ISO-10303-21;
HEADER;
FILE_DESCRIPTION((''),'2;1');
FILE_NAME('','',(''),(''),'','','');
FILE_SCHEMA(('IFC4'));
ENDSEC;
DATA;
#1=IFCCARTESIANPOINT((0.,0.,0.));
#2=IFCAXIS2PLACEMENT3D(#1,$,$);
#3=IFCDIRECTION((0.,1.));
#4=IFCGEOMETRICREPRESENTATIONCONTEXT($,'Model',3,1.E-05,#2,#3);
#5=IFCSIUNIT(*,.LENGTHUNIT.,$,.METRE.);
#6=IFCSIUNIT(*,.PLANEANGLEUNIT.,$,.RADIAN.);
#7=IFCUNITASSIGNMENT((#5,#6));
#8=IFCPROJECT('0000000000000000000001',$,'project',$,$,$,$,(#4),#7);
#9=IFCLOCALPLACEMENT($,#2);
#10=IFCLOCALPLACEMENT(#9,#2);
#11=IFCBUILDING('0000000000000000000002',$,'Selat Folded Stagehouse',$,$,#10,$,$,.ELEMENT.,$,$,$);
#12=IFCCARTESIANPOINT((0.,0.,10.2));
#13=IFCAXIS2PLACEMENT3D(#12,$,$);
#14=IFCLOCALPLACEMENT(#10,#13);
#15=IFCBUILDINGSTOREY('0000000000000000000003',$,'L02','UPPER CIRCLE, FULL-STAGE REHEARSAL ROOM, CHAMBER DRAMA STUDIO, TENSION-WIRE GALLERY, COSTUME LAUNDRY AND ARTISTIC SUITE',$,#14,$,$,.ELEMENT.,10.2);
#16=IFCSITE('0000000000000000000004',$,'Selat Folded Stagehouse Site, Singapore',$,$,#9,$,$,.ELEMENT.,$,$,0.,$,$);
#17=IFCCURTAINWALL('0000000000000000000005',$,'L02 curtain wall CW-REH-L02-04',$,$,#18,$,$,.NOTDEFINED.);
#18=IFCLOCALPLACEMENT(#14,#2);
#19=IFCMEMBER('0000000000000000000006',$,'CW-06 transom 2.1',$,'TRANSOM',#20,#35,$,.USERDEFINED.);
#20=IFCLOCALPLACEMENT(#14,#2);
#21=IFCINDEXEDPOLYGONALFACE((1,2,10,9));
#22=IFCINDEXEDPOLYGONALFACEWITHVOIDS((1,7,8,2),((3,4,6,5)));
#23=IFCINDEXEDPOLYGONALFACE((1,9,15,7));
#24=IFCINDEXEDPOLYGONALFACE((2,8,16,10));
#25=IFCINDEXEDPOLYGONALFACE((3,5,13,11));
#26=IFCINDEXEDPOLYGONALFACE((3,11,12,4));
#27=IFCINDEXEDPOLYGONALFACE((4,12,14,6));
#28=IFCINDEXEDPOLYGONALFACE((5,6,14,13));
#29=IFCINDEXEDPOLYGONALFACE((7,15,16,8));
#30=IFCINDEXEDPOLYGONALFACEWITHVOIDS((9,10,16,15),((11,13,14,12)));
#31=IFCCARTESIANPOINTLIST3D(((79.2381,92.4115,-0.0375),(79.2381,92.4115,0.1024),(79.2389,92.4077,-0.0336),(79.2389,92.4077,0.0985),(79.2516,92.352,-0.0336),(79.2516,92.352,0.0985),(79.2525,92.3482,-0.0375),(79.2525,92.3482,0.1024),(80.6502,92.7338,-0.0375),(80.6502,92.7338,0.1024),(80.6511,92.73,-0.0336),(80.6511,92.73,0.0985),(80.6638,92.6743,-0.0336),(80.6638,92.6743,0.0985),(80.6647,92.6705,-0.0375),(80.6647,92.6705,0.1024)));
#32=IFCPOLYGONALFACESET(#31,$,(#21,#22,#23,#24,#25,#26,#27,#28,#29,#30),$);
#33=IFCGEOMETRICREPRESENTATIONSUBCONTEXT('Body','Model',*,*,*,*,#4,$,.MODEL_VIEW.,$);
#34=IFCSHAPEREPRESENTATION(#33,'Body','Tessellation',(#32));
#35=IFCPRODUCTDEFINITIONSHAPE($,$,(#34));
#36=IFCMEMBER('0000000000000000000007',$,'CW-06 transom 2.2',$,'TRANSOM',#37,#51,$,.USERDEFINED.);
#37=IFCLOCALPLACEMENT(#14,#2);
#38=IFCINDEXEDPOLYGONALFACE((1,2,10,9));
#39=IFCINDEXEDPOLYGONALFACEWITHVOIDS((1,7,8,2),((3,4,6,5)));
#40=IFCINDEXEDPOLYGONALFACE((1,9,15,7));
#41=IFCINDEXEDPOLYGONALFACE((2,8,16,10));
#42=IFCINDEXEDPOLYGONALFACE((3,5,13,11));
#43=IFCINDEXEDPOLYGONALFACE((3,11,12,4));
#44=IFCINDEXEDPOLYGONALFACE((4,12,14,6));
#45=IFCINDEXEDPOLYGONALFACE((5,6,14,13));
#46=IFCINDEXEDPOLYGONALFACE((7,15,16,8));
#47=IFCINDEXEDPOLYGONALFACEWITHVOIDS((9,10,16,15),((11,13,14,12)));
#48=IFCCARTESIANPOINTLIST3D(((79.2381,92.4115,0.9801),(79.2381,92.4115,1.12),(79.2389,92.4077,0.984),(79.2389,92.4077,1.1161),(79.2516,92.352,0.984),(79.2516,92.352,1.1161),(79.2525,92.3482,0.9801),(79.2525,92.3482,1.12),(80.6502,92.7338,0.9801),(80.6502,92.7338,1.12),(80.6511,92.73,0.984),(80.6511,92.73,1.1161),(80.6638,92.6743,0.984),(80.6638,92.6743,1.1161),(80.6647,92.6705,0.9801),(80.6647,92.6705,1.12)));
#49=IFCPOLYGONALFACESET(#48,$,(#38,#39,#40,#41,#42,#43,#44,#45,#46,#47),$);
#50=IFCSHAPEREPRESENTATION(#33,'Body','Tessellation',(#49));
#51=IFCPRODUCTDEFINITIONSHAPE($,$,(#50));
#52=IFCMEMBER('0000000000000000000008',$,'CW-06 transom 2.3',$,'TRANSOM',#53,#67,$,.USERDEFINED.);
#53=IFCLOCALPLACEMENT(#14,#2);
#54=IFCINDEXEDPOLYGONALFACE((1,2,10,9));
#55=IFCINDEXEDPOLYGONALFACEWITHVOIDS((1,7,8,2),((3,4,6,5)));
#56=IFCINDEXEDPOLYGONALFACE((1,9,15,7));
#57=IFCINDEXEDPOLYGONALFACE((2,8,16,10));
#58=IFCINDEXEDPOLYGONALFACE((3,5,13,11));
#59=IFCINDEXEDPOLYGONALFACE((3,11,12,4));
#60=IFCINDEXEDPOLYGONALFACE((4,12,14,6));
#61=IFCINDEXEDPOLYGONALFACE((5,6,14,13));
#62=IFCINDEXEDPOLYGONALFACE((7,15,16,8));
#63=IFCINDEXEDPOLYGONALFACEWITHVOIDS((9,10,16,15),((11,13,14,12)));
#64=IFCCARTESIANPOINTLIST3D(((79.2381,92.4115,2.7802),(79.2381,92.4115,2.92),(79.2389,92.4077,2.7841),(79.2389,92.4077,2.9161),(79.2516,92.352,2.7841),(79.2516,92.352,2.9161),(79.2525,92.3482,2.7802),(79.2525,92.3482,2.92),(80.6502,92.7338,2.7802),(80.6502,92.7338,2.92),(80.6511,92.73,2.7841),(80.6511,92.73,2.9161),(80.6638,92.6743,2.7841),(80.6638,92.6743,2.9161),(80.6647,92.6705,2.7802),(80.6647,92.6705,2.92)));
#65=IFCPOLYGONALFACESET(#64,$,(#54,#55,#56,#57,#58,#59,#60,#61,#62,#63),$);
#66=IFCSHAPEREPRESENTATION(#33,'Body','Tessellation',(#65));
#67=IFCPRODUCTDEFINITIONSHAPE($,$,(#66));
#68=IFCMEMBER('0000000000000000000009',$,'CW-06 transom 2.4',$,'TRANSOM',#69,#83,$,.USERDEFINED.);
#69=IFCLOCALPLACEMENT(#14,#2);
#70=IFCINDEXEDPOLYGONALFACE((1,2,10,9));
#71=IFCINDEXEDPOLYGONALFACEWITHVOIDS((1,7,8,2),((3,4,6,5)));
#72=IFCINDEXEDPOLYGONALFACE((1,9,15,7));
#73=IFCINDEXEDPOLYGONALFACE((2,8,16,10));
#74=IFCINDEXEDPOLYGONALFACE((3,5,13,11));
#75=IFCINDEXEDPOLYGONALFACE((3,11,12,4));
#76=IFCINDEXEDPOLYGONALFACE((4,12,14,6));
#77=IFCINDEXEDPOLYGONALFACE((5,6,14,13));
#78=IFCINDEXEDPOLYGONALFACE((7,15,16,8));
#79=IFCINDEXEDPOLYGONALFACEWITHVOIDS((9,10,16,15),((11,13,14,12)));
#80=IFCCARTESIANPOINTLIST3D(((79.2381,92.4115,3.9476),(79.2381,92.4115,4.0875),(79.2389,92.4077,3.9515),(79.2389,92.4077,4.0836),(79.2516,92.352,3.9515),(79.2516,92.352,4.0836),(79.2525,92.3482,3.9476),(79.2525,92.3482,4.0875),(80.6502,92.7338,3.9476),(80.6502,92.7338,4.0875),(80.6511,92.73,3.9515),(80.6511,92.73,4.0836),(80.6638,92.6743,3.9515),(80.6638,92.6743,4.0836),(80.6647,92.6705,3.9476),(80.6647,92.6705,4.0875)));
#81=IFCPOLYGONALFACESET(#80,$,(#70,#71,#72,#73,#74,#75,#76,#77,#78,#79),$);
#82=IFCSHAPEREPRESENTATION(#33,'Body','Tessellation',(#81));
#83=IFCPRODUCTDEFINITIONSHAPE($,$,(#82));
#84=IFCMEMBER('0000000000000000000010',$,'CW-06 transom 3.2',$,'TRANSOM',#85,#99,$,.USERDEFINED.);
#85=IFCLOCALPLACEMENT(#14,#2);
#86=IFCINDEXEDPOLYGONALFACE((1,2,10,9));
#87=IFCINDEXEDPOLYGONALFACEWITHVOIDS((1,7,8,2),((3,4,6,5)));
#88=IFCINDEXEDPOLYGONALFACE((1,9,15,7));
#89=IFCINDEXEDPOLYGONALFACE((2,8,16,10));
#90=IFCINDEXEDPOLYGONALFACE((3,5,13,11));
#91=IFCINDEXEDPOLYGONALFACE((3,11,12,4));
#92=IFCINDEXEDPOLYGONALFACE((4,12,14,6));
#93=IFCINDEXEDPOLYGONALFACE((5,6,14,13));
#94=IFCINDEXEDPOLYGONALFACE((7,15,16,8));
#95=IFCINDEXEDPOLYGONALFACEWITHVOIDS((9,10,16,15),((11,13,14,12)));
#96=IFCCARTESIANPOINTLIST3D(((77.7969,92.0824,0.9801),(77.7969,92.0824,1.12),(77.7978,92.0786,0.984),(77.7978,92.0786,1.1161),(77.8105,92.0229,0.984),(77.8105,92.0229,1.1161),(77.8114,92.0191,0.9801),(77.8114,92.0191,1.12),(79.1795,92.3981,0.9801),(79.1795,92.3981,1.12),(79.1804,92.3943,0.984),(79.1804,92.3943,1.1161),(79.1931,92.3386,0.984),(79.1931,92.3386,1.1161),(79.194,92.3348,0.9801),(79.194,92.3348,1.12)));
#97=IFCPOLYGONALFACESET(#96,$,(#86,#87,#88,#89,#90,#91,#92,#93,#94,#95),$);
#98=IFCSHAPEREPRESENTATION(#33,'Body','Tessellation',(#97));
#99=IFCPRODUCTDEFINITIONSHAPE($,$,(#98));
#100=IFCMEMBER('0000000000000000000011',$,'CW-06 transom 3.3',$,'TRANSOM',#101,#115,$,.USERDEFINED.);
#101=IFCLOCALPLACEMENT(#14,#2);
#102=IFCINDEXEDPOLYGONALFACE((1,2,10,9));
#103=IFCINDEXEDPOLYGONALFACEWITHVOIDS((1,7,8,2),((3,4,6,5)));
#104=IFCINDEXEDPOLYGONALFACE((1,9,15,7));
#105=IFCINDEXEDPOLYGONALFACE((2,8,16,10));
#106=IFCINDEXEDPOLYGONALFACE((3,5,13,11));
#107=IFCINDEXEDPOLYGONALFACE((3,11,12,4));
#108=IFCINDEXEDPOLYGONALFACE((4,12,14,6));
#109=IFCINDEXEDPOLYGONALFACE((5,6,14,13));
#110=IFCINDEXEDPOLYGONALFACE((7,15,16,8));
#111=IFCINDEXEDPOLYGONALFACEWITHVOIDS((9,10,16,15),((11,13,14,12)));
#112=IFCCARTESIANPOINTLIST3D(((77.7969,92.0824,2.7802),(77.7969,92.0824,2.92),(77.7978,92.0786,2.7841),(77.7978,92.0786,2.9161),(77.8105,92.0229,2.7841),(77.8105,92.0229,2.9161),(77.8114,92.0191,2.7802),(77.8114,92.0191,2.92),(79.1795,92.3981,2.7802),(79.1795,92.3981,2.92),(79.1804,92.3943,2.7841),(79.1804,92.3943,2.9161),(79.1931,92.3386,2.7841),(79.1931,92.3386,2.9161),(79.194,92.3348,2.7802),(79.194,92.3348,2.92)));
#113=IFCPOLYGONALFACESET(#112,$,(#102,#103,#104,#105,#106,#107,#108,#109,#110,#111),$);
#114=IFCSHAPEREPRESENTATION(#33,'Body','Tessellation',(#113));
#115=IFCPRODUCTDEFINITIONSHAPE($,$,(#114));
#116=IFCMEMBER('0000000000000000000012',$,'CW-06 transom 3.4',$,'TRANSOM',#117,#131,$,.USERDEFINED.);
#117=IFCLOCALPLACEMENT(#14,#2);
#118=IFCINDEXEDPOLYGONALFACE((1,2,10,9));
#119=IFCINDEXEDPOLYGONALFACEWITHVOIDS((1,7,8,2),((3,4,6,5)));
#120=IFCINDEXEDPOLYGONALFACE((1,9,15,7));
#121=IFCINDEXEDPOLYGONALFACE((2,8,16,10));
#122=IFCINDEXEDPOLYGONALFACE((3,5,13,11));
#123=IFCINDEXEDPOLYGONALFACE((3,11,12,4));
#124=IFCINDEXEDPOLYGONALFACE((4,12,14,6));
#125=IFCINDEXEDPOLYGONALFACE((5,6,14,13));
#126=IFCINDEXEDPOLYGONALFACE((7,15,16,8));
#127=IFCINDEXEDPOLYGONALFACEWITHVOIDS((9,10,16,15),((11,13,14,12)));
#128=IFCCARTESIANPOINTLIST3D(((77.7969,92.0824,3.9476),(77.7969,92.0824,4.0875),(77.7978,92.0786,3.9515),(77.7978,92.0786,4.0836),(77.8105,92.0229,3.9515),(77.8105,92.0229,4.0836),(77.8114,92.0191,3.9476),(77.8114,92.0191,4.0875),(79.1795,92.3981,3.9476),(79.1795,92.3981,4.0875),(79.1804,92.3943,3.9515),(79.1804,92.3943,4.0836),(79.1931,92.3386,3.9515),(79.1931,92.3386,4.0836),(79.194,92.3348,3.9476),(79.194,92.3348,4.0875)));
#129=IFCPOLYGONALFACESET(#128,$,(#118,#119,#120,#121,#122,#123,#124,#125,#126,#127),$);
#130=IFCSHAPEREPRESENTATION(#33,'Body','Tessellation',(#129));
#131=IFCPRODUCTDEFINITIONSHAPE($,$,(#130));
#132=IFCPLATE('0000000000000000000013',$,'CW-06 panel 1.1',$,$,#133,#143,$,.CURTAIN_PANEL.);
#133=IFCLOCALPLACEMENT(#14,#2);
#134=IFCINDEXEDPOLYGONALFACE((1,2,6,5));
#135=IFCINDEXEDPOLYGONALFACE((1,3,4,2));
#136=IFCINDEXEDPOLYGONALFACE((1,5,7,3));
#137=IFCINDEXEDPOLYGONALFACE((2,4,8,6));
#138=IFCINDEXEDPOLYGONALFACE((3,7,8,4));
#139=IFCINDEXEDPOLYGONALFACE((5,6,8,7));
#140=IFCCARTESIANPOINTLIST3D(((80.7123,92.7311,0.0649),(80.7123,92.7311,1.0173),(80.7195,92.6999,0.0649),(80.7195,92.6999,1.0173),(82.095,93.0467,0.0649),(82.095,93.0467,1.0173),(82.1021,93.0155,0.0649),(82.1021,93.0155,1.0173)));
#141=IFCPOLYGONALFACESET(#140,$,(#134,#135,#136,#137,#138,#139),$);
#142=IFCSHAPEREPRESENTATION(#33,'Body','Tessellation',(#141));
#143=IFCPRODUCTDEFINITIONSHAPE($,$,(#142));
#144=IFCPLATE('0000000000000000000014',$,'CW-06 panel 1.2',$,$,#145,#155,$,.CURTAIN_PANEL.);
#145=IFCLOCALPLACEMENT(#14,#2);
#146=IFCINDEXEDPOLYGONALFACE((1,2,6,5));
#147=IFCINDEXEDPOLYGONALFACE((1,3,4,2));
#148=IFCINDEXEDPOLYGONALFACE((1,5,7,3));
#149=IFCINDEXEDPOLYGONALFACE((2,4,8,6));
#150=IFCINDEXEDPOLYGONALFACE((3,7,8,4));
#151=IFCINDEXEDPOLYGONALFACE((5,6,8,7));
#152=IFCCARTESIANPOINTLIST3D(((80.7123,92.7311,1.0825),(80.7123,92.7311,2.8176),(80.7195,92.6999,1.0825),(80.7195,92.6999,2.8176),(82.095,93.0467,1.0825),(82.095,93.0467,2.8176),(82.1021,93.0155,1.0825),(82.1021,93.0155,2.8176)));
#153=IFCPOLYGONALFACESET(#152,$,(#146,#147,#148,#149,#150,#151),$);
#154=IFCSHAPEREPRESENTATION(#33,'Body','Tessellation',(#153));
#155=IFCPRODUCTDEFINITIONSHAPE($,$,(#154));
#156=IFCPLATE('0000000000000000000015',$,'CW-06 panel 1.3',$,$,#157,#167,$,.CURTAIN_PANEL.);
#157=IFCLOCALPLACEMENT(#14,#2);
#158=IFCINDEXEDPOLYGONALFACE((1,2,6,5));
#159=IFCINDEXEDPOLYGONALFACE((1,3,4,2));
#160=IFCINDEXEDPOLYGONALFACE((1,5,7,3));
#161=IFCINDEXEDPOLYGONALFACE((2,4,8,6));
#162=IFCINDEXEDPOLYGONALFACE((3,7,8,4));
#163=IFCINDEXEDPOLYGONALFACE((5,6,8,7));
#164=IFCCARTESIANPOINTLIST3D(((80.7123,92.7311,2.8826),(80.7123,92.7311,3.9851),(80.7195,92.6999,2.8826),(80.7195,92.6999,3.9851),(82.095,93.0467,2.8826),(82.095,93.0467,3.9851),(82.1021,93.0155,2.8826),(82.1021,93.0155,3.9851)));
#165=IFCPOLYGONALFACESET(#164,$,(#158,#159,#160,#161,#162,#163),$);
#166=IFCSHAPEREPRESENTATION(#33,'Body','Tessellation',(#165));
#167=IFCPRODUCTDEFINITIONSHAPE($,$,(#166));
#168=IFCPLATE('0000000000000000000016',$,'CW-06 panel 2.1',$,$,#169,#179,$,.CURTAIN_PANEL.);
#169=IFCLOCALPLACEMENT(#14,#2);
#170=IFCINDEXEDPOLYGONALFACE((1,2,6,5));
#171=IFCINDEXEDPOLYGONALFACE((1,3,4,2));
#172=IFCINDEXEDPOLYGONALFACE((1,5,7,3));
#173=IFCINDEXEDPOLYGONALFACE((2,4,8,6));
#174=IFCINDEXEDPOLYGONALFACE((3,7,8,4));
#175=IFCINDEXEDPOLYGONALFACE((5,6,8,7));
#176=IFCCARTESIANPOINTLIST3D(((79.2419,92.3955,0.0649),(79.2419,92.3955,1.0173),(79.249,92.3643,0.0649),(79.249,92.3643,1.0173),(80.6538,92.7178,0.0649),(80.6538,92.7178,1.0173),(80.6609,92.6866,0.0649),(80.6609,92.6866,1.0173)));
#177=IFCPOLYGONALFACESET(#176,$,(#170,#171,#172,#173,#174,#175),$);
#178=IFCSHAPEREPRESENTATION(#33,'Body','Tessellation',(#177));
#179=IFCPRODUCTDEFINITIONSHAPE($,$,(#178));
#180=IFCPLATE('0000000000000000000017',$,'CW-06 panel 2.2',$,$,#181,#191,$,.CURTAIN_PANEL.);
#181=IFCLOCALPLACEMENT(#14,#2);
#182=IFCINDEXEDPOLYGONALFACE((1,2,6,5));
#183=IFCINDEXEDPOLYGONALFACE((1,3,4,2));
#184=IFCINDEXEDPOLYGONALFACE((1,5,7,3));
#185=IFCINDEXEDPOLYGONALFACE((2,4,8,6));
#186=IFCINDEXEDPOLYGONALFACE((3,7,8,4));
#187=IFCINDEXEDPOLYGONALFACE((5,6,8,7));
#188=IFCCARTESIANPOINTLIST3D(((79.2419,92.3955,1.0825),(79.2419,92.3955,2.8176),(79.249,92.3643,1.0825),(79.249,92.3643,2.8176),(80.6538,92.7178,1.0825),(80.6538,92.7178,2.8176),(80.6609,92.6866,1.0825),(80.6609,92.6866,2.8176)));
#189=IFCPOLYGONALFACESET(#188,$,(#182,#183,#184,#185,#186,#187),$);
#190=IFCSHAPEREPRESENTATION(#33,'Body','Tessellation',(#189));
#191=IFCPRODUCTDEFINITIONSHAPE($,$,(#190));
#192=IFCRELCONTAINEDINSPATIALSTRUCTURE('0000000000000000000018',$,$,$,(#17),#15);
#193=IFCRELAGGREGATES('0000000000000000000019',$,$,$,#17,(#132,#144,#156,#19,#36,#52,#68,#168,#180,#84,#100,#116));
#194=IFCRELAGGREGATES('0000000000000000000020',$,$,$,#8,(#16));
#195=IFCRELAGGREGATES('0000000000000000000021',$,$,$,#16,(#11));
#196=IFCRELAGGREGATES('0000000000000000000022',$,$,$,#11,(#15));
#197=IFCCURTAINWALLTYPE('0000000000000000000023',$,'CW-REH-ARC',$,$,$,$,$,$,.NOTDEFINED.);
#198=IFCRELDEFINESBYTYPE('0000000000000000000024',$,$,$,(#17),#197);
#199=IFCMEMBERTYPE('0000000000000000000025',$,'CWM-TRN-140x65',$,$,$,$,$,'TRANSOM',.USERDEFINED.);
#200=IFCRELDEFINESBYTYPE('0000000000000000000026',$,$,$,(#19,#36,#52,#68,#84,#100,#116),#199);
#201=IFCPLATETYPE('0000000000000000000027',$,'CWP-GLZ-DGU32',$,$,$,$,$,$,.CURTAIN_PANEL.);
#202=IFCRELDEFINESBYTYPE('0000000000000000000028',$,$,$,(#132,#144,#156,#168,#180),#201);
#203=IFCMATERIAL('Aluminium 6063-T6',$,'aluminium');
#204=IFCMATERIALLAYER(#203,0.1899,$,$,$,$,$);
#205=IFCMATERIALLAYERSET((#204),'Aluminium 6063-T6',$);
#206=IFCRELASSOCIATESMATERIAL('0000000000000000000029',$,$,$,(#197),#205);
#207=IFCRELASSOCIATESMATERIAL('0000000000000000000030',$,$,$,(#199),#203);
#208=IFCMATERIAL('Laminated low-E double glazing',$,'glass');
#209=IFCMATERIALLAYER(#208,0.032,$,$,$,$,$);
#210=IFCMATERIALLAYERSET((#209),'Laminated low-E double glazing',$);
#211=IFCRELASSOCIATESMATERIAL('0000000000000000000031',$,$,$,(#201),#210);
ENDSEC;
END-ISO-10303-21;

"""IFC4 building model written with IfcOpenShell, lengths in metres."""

from ifc_helpers import new_model, si_unit, direction, frame, origin, origin_2d, place, context, subcontext, project, spatial, rectangle, hollow_rectangle, extrude, material, layer, layer_set, material_profile, profile_set, type_object, element, aggregate, save


model = new_model("IFC4")

# Units and contexts
model_context = context("Model", 3, precision=1e-05, world=origin(), true_north=direction((0.0, 1.0)))
body_context = subcontext(model_context, "Body", "Model", "MODEL_VIEW")
ifc_project = project(units=[si_unit("LENGTHUNIT", "METRE"), si_unit("PLANEANGLEUNIT", "RADIAN")], contexts=[model_context])

# Site, building, storey
site_placement = place(None, origin())
site = spatial("IfcSite", under=ifc_project, at=site_placement, Name="Selat Folded Stagehouse Site, Singapore", CompositionType="ELEMENT", RefElevation=0.0)
building_placement = place(site_placement, origin())
building = spatial("IfcBuilding", under=site, at=building_placement, Name="Selat Folded Stagehouse", CompositionType="ELEMENT")
storey_placement = place(building_placement, frame((0.0, 0.0, 10.2)))
storey = spatial("IfcBuildingStorey", under=building, at=storey_placement, Name="L02", Description="UPPER CIRCLE, FULL-STAGE REHEARSAL ROOM, CHAMBER DRAMA STUDIO, TENSION-WIRE GALLERY, COSTUME LAUNDRY AND ARTISTIC SUITE", CompositionType="ELEMENT", Elevation=10.2)

# Curtain wall, members, plates
ifc_material_1 = material(Name="Aluminium 6063-T6", Category="aluminium")
ifc_layer_1 = layer(ifc_material_1, 0.1899)
ifc_layer_set_1 = layer_set([ifc_layer_1], Name="Aluminium 6063-T6")
curtain_wall_type = type_object("IfcCurtainWallType", Name="CW-REH-ARC", PredefinedType="NOTDEFINED", material=ifc_layer_set_1)
curtain_wall_placement = place(storey_placement, origin())
curtain_wall = element("IfcCurtainWall", 1, at=curtain_wall_placement, inside=storey, type_object=curtain_wall_type, Name="L02 curtain wall CW-REH-L02-04", PredefinedType="NOTDEFINED")
ifc_material_profile_1 = material_profile(ifc_material_1, hollow_rectangle(XDim=0.0649, YDim=0.1399, WallThickness=0.0039, at=origin_2d()), Name="ALU 140x65x4.0")
ifc_profile_set_1 = profile_set([ifc_material_profile_1], Name="Aluminium 6063-T6")
member_type_1 = type_object("IfcMemberType", Name="CWM-TRN-140x65", ElementType="TRANSOM", PredefinedType="USERDEFINED", material=ifc_profile_set_1)
member_1_placement = place(storey_placement, frame((80.6575, 92.7021, 0.0325), z_axis=(-0.974934, -0.222495, 0.0), x_axis=(0.222495, -0.974934, 0.0)))
member_1 = element("IfcMember", 2, at=member_1_placement, type_object=member_type_1, Name="CW-06 transom 2.1", ObjectType="TRANSOM", PredefinedType="USERDEFINED", context=body_context, shape_type="SweptSolid", body=[
    extrude(hollow_rectangle(XDim=0.0649, YDim=0.1399, WallThickness=0.0039, at=origin_2d()), origin(), (0.0, 0.0, 1.0), 1.4485),
])
member_2_placement = place(storey_placement, frame((80.6575, 92.7021, 1.05), z_axis=(-0.974934, -0.222495, 0.0), x_axis=(0.222495, -0.974934, 0.0)))
member_2 = element("IfcMember", 3, at=member_2_placement, type_object=member_type_1, Name="CW-06 transom 2.2", ObjectType="TRANSOM", PredefinedType="USERDEFINED", context=body_context, shape_type="SweptSolid", body=[
    extrude(hollow_rectangle(XDim=0.0649, YDim=0.1399, WallThickness=0.0039, at=origin_2d()), origin(), (0.0, 0.0, 1.0), 1.4485),
])
member_3_placement = place(storey_placement, frame((80.6575, 92.7021, 2.8501), z_axis=(-0.974934, -0.222495, 0.0), x_axis=(0.222495, -0.974934, 0.0)))
member_3 = element("IfcMember", 4, at=member_3_placement, type_object=member_type_1, Name="CW-06 transom 2.3", ObjectType="TRANSOM", PredefinedType="USERDEFINED", context=body_context, shape_type="SweptSolid", body=[
    extrude(hollow_rectangle(XDim=0.0649, YDim=0.1399, WallThickness=0.0039, at=origin_2d()), origin(), (0.0, 0.0, 1.0), 1.4485),
])
member_4_placement = place(storey_placement, frame((80.6575, 92.7021, 4.0176), z_axis=(-0.974934, -0.222495, 0.0), x_axis=(0.222495, -0.974934, 0.0)))
member_4 = element("IfcMember", 5, at=member_4_placement, type_object=member_type_1, Name="CW-06 transom 2.4", ObjectType="TRANSOM", PredefinedType="USERDEFINED", context=body_context, shape_type="SweptSolid", body=[
    extrude(hollow_rectangle(XDim=0.0649, YDim=0.1399, WallThickness=0.0039, at=origin_2d()), origin(), (0.0, 0.0, 1.0), 1.4485),
])
member_5_placement = place(storey_placement, frame((79.1868, 92.3665, 1.05), z_axis=(-0.974911, -0.222596, 0.0), x_axis=(0.222596, -0.974911, 0.0)))
member_5 = element("IfcMember", 6, at=member_5_placement, type_object=member_type_1, Name="CW-06 transom 3.2", ObjectType="TRANSOM", PredefinedType="USERDEFINED", context=body_context, shape_type="SweptSolid", body=[
    extrude(hollow_rectangle(XDim=0.0649, YDim=0.1399, WallThickness=0.0039, at=origin_2d()), origin(), (0.0, 0.0, 1.0), 1.4182),
])
member_6_placement = place(storey_placement, frame((79.1868, 92.3665, 2.8501), z_axis=(-0.974911, -0.222596, 0.0), x_axis=(0.222596, -0.974911, 0.0)))
member_6 = element("IfcMember", 7, at=member_6_placement, type_object=member_type_1, Name="CW-06 transom 3.3", ObjectType="TRANSOM", PredefinedType="USERDEFINED", context=body_context, shape_type="SweptSolid", body=[
    extrude(hollow_rectangle(XDim=0.0649, YDim=0.1399, WallThickness=0.0039, at=origin_2d()), origin(), (0.0, 0.0, 1.0), 1.4182),
])
member_7_placement = place(storey_placement, frame((79.1868, 92.3665, 4.0176), z_axis=(-0.974911, -0.222596, 0.0), x_axis=(0.222596, -0.974911, 0.0)))
member_7 = element("IfcMember", 8, at=member_7_placement, type_object=member_type_1, Name="CW-06 transom 3.4", ObjectType="TRANSOM", PredefinedType="USERDEFINED", context=body_context, shape_type="SweptSolid", body=[
    extrude(hollow_rectangle(XDim=0.0649, YDim=0.1399, WallThickness=0.0039, at=origin_2d()), origin(), (0.0, 0.0, 1.0), 1.4182),
])
ifc_material_2 = material(Name="Laminated low-E double glazing", Category="glass")
ifc_layer_2 = layer(ifc_material_2, 0.032)
ifc_layer_set_2 = layer_set([ifc_layer_2], Name="Laminated low-E double glazing")
plate_type = type_object("IfcPlateType", Name="CWP-GLZ-DGU32", PredefinedType="CURTAIN_PANEL", material=ifc_layer_set_2)
plate_1_placement = place(storey_placement, frame((81.4072, 92.8733, 0.0649), z_axis=(0.0, 0.0, 1.0), x_axis=(-0.974923, -0.222543, 0.0)))
plate_1 = element("IfcPlate", 9, at=plate_1_placement, type_object=plate_type, Name="CW-06 panel 1.1", PredefinedType="CURTAIN_PANEL", context=body_context, shape_type="SweptSolid", body=[
    extrude(rectangle(XDim=1.4182, YDim=0.032, at=origin_2d()), origin(), (0.0, 0.0, 1.0), 0.9524),
])
plate_2_placement = place(storey_placement, frame((81.4072, 92.8733, 1.0825), z_axis=(0.0, 0.0, 1.0), x_axis=(-0.974923, -0.222543, 0.0)))
plate_2 = element("IfcPlate", 10, at=plate_2_placement, type_object=plate_type, Name="CW-06 panel 1.2", PredefinedType="CURTAIN_PANEL", context=body_context, shape_type="SweptSolid", body=[
    extrude(rectangle(XDim=1.4182, YDim=0.032, at=origin_2d()), origin(), (0.0, 0.0, 1.0), 1.7351),
])
plate_3_placement = place(storey_placement, frame((81.4072, 92.8733, 2.8826), z_axis=(0.0, 0.0, 1.0), x_axis=(-0.974923, -0.222543, 0.0)))
plate_3 = element("IfcPlate", 11, at=plate_3_placement, type_object=plate_type, Name="CW-06 panel 1.3", PredefinedType="CURTAIN_PANEL", context=body_context, shape_type="SweptSolid", body=[
    extrude(rectangle(XDim=1.4182, YDim=0.032, at=origin_2d()), origin(), (0.0, 0.0, 1.0), 1.1025),
])
plate_4_placement = place(storey_placement, frame((79.9514, 92.541, 0.0649), z_axis=(0.0, 0.0, 1.0), x_axis=(-0.974923, -0.222543, 0.0)))
plate_4 = element("IfcPlate", 12, at=plate_4_placement, type_object=plate_type, Name="CW-06 panel 2.1", PredefinedType="CURTAIN_PANEL", context=body_context, shape_type="SweptSolid", body=[
    extrude(rectangle(XDim=1.4482, YDim=0.032, at=origin_2d()), origin(), (0.0, 0.0, 1.0), 0.9524),
])
plate_5_placement = place(storey_placement, frame((79.9514, 92.541, 1.0825), z_axis=(0.0, 0.0, 1.0), x_axis=(-0.974923, -0.222543, 0.0)))
plate_5 = element("IfcPlate", 13, at=plate_5_placement, type_object=plate_type, Name="CW-06 panel 2.2", PredefinedType="CURTAIN_PANEL", context=body_context, shape_type="SweptSolid", body=[
    extrude(rectangle(XDim=1.4482, YDim=0.032, at=origin_2d()), origin(), (0.0, 0.0, 1.0), 1.7351),
])
aggregate(curtain_wall, [plate_1, plate_2, plate_3, member_1, member_2, member_3, member_4, plate_4, plate_5, member_5, member_6, member_7])

save(model, "model.ifc")
